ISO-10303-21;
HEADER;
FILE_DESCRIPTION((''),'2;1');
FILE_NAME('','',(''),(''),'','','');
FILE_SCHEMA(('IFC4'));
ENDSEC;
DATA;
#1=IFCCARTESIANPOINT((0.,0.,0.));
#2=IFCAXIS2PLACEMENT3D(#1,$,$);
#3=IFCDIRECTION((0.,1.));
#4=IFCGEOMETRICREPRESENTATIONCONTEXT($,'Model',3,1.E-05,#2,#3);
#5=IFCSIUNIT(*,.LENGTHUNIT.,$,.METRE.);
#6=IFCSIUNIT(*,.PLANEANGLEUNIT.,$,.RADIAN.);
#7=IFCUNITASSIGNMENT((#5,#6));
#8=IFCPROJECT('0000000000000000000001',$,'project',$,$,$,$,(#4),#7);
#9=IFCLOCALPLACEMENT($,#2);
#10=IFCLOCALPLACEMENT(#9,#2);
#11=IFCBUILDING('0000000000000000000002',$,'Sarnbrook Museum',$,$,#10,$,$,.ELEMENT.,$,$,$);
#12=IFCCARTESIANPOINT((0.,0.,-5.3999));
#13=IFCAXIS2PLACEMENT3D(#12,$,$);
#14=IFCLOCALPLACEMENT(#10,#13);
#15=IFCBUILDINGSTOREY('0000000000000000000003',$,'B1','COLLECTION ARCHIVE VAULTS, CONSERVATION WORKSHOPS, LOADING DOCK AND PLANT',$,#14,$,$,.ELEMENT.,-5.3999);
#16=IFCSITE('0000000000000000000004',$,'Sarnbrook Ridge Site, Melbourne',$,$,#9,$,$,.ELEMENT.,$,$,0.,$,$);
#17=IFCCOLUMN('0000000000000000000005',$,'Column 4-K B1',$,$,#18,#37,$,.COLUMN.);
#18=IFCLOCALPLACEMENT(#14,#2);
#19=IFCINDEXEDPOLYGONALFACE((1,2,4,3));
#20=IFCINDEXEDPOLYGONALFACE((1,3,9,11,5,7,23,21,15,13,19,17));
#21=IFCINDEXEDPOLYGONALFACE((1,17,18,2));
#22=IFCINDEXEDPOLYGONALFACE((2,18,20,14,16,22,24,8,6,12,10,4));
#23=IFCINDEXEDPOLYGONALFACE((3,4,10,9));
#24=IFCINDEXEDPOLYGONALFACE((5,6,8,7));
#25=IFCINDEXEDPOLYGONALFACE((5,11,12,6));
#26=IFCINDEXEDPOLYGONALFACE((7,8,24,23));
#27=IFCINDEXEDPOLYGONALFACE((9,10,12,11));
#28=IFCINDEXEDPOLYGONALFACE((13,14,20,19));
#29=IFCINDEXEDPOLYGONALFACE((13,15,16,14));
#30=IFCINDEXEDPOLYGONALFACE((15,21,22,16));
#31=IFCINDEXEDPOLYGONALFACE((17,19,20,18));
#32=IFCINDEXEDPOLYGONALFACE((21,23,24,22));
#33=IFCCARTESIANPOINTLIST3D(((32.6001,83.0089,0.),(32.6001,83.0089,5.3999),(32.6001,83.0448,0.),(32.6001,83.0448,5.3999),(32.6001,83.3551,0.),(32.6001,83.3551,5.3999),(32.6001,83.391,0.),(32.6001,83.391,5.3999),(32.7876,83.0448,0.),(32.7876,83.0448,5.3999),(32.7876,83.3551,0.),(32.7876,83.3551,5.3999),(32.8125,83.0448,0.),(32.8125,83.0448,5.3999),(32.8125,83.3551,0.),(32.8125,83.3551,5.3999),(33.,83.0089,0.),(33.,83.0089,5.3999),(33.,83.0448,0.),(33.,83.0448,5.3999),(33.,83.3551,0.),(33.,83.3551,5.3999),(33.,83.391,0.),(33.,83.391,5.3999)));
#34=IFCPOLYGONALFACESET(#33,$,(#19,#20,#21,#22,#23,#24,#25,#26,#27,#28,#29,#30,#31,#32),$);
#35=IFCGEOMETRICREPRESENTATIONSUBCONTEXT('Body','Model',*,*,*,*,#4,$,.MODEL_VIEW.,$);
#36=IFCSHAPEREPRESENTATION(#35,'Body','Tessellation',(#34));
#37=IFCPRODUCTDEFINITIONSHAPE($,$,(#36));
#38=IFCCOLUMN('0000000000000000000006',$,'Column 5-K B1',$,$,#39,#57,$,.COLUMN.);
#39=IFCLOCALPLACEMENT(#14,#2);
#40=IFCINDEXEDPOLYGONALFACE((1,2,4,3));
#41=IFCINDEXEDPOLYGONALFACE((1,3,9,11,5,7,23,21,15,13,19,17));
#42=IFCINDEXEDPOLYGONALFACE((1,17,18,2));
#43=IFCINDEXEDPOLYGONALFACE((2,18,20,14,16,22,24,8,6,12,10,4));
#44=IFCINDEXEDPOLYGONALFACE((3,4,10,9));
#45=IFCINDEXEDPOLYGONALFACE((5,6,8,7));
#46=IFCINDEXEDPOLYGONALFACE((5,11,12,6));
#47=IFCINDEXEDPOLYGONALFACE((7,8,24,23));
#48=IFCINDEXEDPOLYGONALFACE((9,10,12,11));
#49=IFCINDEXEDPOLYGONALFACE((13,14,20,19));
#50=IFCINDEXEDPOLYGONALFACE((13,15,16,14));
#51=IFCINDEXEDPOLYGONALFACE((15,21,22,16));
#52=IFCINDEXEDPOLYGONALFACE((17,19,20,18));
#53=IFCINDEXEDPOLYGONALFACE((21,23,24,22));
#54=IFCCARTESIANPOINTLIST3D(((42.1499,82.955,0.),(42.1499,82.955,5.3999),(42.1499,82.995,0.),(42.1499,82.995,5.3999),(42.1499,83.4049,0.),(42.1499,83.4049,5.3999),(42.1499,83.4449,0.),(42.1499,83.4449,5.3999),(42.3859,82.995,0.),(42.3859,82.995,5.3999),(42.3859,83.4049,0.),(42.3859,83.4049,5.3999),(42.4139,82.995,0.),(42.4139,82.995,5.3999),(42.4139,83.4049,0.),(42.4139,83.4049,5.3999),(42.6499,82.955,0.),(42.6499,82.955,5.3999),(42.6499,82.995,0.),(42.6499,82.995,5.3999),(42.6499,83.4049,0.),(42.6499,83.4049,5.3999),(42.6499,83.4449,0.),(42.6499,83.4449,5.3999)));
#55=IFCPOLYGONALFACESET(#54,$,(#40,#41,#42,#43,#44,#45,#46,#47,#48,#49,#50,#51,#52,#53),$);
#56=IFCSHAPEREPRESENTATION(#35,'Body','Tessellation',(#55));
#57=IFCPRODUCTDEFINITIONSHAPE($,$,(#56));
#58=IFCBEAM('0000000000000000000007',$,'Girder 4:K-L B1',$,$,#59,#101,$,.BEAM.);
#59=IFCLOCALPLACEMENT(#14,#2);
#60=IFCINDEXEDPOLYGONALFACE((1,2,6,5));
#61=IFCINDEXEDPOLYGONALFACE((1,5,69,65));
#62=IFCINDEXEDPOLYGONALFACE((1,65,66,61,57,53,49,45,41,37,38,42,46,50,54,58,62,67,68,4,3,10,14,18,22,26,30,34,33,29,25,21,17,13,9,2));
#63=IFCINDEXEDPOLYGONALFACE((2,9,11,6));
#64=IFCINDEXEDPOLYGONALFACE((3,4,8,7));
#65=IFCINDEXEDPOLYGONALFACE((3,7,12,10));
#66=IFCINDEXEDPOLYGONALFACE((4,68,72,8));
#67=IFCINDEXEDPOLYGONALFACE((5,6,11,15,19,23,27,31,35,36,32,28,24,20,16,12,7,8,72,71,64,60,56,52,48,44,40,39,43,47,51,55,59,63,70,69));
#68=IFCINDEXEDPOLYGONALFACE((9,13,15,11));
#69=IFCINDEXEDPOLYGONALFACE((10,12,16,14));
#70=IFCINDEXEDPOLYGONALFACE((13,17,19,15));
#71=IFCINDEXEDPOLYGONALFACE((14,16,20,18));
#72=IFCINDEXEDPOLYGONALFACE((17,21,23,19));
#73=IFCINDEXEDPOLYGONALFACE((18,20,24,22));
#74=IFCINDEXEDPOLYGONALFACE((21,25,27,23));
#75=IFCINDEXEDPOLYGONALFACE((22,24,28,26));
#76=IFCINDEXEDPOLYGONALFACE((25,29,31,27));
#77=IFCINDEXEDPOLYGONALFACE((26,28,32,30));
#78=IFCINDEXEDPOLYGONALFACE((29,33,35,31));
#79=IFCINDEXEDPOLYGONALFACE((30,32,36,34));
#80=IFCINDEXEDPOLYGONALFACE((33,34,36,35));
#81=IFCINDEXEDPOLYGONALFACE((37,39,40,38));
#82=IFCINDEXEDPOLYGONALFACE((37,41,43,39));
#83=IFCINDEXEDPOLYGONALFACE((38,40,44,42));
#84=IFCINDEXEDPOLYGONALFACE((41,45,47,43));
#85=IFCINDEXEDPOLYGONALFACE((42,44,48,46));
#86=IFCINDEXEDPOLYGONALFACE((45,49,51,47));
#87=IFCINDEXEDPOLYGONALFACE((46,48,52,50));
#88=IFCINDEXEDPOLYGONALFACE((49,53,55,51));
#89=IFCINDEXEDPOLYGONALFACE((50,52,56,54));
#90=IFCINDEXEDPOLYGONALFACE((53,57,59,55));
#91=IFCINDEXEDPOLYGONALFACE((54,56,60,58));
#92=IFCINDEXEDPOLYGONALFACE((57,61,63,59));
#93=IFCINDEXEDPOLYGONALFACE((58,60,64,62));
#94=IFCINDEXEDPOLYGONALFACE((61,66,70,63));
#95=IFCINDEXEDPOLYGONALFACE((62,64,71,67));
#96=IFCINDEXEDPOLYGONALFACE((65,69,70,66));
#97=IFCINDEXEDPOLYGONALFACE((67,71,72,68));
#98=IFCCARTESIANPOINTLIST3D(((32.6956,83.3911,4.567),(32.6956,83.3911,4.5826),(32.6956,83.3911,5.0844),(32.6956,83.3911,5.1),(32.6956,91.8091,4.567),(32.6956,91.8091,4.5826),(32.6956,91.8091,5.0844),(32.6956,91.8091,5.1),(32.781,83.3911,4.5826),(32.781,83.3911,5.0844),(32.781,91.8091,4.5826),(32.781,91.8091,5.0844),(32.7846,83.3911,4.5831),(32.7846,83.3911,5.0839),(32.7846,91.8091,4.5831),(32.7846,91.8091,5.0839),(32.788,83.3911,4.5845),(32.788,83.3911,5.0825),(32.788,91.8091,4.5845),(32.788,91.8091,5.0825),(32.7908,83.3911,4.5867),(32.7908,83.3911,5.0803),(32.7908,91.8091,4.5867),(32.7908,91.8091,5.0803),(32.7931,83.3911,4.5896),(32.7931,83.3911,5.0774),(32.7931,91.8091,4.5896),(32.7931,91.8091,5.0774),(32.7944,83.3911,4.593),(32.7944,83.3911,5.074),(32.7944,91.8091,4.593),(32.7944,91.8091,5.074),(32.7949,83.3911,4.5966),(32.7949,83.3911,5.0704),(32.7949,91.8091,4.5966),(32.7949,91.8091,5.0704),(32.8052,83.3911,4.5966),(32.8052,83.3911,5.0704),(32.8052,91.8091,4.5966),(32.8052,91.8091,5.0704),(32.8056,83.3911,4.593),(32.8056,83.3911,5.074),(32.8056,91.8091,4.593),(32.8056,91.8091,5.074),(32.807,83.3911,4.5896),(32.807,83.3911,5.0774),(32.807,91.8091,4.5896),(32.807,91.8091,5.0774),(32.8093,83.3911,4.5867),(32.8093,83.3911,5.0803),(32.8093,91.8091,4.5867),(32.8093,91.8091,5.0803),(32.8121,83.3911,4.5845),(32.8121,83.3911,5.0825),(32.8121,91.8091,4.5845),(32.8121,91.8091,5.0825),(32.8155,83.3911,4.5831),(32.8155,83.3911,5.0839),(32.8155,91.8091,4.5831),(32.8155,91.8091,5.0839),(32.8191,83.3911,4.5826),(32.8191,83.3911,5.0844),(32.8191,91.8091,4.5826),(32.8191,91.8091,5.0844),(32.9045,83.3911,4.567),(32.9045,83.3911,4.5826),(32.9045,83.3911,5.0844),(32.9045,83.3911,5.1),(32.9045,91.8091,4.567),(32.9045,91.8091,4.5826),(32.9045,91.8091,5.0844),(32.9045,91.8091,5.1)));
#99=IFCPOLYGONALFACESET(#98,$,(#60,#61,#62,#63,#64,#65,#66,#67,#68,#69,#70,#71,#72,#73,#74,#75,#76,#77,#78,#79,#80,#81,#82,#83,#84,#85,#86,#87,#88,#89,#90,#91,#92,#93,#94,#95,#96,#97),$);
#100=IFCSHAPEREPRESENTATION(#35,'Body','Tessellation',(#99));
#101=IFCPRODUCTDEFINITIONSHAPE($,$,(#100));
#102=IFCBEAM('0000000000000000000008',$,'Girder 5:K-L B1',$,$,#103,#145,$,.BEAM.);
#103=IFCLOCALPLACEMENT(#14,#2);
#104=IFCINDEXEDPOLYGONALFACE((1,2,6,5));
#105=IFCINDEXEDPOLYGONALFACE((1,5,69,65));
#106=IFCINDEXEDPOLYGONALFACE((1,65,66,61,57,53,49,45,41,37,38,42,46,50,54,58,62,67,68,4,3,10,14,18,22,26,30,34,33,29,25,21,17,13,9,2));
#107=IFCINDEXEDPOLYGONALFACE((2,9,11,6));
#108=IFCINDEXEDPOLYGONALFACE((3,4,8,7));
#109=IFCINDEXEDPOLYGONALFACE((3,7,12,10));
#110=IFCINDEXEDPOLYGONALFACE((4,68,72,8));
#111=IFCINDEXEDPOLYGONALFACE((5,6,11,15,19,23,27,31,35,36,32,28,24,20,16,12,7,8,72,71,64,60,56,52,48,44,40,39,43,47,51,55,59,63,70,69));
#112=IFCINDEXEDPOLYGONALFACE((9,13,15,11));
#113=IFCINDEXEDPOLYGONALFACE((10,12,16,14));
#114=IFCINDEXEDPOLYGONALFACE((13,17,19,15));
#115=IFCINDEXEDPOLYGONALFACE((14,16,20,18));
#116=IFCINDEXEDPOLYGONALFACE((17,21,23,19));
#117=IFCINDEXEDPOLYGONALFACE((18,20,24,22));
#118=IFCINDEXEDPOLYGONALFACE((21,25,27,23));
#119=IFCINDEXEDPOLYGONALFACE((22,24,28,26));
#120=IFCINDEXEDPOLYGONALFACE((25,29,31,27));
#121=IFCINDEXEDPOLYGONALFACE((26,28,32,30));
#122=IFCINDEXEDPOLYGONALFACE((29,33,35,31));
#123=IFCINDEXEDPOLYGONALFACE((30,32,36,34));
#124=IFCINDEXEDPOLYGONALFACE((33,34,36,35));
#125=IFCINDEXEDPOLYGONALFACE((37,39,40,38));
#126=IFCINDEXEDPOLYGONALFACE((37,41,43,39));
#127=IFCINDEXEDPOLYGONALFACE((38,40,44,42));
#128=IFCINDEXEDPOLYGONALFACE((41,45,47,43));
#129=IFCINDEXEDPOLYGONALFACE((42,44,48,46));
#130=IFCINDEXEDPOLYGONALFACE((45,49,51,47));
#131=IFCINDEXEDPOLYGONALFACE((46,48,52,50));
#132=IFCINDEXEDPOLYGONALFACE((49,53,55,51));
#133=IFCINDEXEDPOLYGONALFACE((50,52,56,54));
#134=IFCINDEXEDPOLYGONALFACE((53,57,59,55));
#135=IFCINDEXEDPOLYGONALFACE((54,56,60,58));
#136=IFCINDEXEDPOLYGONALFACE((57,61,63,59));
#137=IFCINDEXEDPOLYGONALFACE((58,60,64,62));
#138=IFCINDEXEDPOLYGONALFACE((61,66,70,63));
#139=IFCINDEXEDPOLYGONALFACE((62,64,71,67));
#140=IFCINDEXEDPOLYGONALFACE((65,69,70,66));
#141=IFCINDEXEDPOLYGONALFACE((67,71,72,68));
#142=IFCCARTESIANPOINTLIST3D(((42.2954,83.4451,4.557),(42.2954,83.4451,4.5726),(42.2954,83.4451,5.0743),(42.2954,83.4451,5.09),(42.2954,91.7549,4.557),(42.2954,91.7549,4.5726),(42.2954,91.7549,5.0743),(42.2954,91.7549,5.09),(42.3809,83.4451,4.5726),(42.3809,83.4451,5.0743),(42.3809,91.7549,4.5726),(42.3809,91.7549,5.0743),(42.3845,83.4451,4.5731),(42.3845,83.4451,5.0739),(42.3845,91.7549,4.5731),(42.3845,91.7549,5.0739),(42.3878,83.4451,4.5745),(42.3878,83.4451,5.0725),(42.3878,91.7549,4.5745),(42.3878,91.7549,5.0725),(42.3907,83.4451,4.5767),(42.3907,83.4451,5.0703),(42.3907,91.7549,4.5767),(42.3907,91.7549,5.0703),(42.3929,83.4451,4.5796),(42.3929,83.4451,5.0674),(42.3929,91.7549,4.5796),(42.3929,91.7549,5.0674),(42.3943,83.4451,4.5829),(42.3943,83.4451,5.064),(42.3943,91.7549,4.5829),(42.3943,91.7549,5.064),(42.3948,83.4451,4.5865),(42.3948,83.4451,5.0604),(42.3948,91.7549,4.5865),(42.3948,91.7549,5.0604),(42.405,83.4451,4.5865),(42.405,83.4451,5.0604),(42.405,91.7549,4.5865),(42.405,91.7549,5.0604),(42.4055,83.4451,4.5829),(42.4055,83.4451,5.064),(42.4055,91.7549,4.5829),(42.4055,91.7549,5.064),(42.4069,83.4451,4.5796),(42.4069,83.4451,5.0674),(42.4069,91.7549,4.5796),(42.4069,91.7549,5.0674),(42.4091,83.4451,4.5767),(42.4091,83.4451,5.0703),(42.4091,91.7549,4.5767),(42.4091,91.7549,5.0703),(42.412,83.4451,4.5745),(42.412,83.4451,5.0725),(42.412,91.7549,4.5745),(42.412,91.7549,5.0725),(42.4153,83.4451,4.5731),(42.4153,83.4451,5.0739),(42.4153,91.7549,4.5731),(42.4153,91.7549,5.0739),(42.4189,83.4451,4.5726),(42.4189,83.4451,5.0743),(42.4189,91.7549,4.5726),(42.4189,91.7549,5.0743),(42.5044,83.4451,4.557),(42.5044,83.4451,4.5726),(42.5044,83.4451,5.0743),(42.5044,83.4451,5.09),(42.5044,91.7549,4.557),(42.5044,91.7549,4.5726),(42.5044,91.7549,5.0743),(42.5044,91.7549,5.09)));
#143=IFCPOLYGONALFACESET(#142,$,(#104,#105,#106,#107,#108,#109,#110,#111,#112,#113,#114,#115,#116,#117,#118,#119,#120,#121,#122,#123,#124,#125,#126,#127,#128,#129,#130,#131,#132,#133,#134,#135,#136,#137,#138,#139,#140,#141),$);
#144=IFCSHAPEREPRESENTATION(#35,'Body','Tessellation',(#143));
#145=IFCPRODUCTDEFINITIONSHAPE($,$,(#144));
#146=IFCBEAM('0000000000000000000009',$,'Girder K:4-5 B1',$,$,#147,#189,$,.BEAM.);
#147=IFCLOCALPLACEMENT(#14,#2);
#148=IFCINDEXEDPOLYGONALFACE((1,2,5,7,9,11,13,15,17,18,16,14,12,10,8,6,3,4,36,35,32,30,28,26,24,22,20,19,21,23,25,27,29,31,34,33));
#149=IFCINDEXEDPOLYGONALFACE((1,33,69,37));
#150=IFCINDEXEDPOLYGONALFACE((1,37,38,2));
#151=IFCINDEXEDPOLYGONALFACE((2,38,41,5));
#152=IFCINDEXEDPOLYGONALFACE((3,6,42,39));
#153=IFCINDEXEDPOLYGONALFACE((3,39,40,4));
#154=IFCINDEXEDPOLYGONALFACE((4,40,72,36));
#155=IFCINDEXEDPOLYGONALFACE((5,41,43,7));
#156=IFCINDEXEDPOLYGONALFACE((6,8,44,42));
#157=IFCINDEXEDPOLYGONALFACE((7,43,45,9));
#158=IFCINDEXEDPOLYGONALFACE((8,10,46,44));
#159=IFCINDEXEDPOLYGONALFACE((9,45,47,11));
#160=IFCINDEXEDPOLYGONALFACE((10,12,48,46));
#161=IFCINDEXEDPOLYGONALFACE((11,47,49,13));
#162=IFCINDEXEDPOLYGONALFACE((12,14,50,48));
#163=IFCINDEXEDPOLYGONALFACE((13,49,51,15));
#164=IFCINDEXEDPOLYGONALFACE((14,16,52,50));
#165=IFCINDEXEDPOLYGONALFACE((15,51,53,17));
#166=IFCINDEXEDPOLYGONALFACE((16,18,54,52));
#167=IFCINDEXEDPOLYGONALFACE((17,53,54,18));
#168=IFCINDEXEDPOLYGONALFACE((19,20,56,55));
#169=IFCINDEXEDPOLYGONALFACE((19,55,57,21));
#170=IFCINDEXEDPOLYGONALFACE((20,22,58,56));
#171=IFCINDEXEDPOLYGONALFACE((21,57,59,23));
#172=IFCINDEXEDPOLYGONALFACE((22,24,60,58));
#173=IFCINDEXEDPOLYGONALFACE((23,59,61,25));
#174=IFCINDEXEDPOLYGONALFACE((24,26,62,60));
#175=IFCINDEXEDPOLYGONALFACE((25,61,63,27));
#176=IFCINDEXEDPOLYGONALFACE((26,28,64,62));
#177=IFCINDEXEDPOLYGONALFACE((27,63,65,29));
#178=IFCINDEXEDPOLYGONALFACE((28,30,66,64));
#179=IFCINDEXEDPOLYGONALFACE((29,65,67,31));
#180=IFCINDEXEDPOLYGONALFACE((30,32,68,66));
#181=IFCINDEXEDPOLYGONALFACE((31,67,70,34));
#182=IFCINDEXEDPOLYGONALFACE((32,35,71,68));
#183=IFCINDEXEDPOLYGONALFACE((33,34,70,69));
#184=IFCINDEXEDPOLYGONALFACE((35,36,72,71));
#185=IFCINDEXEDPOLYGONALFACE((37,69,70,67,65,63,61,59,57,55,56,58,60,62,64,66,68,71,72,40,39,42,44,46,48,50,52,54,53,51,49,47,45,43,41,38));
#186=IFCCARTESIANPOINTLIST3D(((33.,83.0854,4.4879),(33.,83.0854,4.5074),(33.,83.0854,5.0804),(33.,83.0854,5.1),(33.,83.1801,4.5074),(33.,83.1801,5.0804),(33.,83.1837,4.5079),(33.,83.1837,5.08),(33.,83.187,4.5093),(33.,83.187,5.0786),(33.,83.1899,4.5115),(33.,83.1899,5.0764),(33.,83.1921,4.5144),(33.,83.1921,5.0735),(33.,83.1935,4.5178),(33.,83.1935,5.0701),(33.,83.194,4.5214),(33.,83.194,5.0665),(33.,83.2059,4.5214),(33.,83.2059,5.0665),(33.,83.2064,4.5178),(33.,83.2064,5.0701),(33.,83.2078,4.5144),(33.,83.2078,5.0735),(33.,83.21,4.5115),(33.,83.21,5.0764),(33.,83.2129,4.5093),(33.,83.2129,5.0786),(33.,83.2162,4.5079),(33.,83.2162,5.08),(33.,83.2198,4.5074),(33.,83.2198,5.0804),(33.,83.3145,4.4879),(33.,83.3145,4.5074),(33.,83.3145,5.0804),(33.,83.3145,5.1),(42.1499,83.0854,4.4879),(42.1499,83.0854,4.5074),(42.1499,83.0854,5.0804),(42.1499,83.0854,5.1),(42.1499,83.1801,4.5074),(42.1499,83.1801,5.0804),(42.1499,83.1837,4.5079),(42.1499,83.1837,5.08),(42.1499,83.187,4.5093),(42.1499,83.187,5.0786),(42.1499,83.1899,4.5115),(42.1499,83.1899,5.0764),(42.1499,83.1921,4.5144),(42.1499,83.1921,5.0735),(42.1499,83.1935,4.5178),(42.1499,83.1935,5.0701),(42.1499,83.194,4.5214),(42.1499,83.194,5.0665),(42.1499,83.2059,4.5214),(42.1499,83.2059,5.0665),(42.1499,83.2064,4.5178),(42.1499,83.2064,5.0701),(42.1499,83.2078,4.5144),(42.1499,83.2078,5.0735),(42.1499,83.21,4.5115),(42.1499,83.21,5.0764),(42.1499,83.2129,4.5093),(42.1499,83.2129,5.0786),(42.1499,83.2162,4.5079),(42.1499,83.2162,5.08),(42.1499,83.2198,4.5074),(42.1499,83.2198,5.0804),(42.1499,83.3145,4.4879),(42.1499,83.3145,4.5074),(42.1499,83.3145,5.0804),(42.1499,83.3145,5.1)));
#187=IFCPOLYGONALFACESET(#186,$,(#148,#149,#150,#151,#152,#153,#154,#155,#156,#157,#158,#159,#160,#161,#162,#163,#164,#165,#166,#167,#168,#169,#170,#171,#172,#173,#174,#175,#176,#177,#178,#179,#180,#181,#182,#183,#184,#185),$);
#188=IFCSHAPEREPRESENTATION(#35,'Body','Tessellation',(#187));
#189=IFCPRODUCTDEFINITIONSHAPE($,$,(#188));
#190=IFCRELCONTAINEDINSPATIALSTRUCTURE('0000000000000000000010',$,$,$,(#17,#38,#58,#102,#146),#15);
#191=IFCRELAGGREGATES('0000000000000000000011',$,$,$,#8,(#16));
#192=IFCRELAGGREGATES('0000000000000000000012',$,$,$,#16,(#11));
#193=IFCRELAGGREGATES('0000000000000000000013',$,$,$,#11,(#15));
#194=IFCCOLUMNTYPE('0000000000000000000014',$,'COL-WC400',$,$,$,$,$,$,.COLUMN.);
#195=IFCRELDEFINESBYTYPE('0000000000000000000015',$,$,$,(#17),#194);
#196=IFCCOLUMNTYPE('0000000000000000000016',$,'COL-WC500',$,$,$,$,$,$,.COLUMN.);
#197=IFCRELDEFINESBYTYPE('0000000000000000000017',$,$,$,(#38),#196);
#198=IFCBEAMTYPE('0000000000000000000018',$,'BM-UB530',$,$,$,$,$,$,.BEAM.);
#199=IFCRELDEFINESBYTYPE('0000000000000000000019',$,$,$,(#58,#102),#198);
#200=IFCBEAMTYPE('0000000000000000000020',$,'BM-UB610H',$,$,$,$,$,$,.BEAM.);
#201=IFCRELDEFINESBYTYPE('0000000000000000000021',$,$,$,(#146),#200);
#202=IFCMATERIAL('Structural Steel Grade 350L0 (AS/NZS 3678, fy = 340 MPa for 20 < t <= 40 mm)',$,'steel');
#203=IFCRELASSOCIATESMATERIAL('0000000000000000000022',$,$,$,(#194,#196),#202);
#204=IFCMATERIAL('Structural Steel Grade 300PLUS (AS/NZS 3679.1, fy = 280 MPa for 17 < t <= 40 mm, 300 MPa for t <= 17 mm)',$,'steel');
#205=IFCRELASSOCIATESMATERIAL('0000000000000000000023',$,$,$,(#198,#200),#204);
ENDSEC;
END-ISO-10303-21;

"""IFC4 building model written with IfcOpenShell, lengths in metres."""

from ifc_helpers import new_model, si_unit, direction, frame, origin, origin_2d, place, context, subcontext, project, spatial, i_section, extrude, material, material_profile, profile_set, type_object, element, save


model = new_model("IFC4")

# Units and contexts
model_context = context("Model", 3, precision=1e-05, world=origin(), true_north=direction((0.0, 1.0)))
body_context = subcontext(model_context, "Body", "Model", "MODEL_VIEW")
ifc_project = project(units=[si_unit("LENGTHUNIT", "METRE"), si_unit("PLANEANGLEUNIT", "RADIAN")], contexts=[model_context])

# Site, building, storey
site_placement = place(None, origin())
site = spatial("IfcSite", under=ifc_project, at=site_placement, Name="Sarnbrook Ridge Site, Melbourne", CompositionType="ELEMENT", RefElevation=0.0)
building_placement = place(site_placement, origin())
building = spatial("IfcBuilding", under=site, at=building_placement, Name="Sarnbrook Museum", CompositionType="ELEMENT")
storey_placement = place(building_placement, frame((0.0, 0.0, -5.3999)))
storey = spatial("IfcBuildingStorey", under=building, at=storey_placement, Name="B1", Description="COLLECTION ARCHIVE VAULTS, CONSERVATION WORKSHOPS, LOADING DOCK AND PLANT", CompositionType="ELEMENT", Elevation=-5.3999)

# Columns
ifc_material_1 = material(Name="Structural Steel Grade 350L0 (AS/NZS 3678, fy = 340 MPa for 20 < t <= 40 mm)", Category="steel")
ifc_material_profile_1 = material_profile(ifc_material_1, i_section(OverallWidth=0.3999, OverallDepth=0.3821, WebThickness=0.0249, FlangeThickness=0.0359, at=origin_2d()), Name="400WC270")
ifc_profile_set_1 = profile_set([ifc_material_profile_1], Name="Structural Steel Grade 350L0 (AS/NZS 3678, fy = 340 MPa for 20 < t <= 40 mm)")
column_type_1 = type_object("IfcColumnType", Name="COL-WC400", PredefinedType="COLUMN", material=ifc_profile_set_1)
column_1_placement = place(storey_placement, frame((32.8, 83.2, 0.0), z_axis=(0.0, 0.0, 1.0), x_axis=(1.0, 0.0, 0.0)))
element("IfcColumn", 1, at=column_1_placement, inside=storey, type_object=column_type_1, Name="Column 4-K B1", PredefinedType="COLUMN", context=body_context, shape_type="SweptSolid", body=[
    extrude(i_section(OverallWidth=0.3999, OverallDepth=0.3821, WebThickness=0.0249, FlangeThickness=0.0359, at=origin_2d()), origin(), (0.0, 0.0, 1.0), 5.3999),
])
ifc_material_profile_2 = material_profile(ifc_material_1, i_section(OverallWidth=0.5, OverallDepth=0.49, WebThickness=0.0281, FlangeThickness=0.04, at=origin_2d()), Name="500WC340")
ifc_profile_set_2 = profile_set([ifc_material_profile_2], Name="Structural Steel Grade 350L0 (AS/NZS 3678, fy = 340 MPa for 20 < t <= 40 mm)")
column_type_2 = type_object("IfcColumnType", Name="COL-WC500", PredefinedType="COLUMN", material=ifc_profile_set_2)
column_2_placement = place(storey_placement, frame((42.3999, 83.2, 0.0), z_axis=(0.0, 0.0, 1.0), x_axis=(1.0, 0.0, 0.0)))
element("IfcColumn", 2, at=column_2_placement, inside=storey, type_object=column_type_2, Name="Column 5-K B1", PredefinedType="COLUMN", context=body_context, shape_type="SweptSolid", body=[
    extrude(i_section(OverallWidth=0.5, OverallDepth=0.49, WebThickness=0.0281, FlangeThickness=0.04, at=origin_2d()), origin(), (0.0, 0.0, 1.0), 5.3999),
])

# Beams
ifc_material_2 = material(Name="Structural Steel Grade 300PLUS (AS/NZS 3679.1, fy = 280 MPa for 17 < t <= 40 mm, 300 MPa for t <= 17 mm)", Category="steel")
ifc_material_profile_3 = material_profile(ifc_material_2, i_section(OverallWidth=0.209, OverallDepth=0.533, WebThickness=0.0103, FlangeThickness=0.0156, FilletRadius=0.0139, at=origin_2d()), Name="530UB92.4")
ifc_profile_set_3 = profile_set([ifc_material_profile_3], Name="Structural Steel Grade 300PLUS (AS/NZS 3679.1, fy = 280 MPa for 17 < t <= 40 mm, 300 MPa for t <= 17 mm)")
beam_type_1 = type_object("IfcBeamType", Name="BM-UB530", PredefinedType="BEAM", material=ifc_profile_set_3)
beam_1_placement = place(storey_placement, frame((32.8, 83.3911, 4.8335), z_axis=(0.0, 1.0, 0.0), x_axis=(-1.0, 0.0, 0.0)))
element("IfcBeam", 3, at=beam_1_placement, inside=storey, type_object=beam_type_1, Name="Girder 4:K-L B1", PredefinedType="BEAM", context=body_context, shape_type="SweptSolid", body=[
    extrude(i_section(OverallWidth=0.209, OverallDepth=0.533, WebThickness=0.0103, FlangeThickness=0.0156, FilletRadius=0.0139, at=origin_2d()), origin(), (0.0, 0.0, 1.0), 8.418),
])
beam_2_placement = place(storey_placement, frame((42.3999, 83.4451, 4.8235), z_axis=(0.0, 1.0, 0.0), x_axis=(-1.0, 0.0, 0.0)))
element("IfcBeam", 4, at=beam_2_placement, inside=storey, type_object=beam_type_1, Name="Girder 5:K-L B1", PredefinedType="BEAM", context=body_context, shape_type="SweptSolid", body=[
    extrude(i_section(OverallWidth=0.209, OverallDepth=0.533, WebThickness=0.0103, FlangeThickness=0.0156, FilletRadius=0.0139, at=origin_2d()), origin(), (0.0, 0.0, 1.0), 8.3098),
])
ifc_material_profile_4 = material_profile(ifc_material_2, i_section(OverallWidth=0.229, OverallDepth=0.6121, WebThickness=0.012, FlangeThickness=0.0195, FilletRadius=0.0139, at=origin_2d()), Name="610UB125")
ifc_profile_set_4 = profile_set([ifc_material_profile_4], Name="Structural Steel Grade 300PLUS (AS/NZS 3679.1, fy = 280 MPa for 17 < t <= 40 mm, 300 MPa for t <= 17 mm)")
beam_type_2 = type_object("IfcBeamType", Name="BM-UB610H", PredefinedType="BEAM", material=ifc_profile_set_4)
beam_3_placement = place(storey_placement, frame((33.0, 83.2, 4.7939), z_axis=(1.0, 0.0, 0.0), x_axis=(0.0, 1.0, 0.0)))
element("IfcBeam", 5, at=beam_3_placement, inside=storey, type_object=beam_type_2, Name="Girder K:4-5 B1", PredefinedType="BEAM", context=body_context, shape_type="SweptSolid", body=[
    extrude(i_section(OverallWidth=0.229, OverallDepth=0.6121, WebThickness=0.012, FlangeThickness=0.0195, FilletRadius=0.0139, at=origin_2d()), origin(), (0.0, 0.0, 1.0), 9.1499),
])

save(model, "model.ifc")
